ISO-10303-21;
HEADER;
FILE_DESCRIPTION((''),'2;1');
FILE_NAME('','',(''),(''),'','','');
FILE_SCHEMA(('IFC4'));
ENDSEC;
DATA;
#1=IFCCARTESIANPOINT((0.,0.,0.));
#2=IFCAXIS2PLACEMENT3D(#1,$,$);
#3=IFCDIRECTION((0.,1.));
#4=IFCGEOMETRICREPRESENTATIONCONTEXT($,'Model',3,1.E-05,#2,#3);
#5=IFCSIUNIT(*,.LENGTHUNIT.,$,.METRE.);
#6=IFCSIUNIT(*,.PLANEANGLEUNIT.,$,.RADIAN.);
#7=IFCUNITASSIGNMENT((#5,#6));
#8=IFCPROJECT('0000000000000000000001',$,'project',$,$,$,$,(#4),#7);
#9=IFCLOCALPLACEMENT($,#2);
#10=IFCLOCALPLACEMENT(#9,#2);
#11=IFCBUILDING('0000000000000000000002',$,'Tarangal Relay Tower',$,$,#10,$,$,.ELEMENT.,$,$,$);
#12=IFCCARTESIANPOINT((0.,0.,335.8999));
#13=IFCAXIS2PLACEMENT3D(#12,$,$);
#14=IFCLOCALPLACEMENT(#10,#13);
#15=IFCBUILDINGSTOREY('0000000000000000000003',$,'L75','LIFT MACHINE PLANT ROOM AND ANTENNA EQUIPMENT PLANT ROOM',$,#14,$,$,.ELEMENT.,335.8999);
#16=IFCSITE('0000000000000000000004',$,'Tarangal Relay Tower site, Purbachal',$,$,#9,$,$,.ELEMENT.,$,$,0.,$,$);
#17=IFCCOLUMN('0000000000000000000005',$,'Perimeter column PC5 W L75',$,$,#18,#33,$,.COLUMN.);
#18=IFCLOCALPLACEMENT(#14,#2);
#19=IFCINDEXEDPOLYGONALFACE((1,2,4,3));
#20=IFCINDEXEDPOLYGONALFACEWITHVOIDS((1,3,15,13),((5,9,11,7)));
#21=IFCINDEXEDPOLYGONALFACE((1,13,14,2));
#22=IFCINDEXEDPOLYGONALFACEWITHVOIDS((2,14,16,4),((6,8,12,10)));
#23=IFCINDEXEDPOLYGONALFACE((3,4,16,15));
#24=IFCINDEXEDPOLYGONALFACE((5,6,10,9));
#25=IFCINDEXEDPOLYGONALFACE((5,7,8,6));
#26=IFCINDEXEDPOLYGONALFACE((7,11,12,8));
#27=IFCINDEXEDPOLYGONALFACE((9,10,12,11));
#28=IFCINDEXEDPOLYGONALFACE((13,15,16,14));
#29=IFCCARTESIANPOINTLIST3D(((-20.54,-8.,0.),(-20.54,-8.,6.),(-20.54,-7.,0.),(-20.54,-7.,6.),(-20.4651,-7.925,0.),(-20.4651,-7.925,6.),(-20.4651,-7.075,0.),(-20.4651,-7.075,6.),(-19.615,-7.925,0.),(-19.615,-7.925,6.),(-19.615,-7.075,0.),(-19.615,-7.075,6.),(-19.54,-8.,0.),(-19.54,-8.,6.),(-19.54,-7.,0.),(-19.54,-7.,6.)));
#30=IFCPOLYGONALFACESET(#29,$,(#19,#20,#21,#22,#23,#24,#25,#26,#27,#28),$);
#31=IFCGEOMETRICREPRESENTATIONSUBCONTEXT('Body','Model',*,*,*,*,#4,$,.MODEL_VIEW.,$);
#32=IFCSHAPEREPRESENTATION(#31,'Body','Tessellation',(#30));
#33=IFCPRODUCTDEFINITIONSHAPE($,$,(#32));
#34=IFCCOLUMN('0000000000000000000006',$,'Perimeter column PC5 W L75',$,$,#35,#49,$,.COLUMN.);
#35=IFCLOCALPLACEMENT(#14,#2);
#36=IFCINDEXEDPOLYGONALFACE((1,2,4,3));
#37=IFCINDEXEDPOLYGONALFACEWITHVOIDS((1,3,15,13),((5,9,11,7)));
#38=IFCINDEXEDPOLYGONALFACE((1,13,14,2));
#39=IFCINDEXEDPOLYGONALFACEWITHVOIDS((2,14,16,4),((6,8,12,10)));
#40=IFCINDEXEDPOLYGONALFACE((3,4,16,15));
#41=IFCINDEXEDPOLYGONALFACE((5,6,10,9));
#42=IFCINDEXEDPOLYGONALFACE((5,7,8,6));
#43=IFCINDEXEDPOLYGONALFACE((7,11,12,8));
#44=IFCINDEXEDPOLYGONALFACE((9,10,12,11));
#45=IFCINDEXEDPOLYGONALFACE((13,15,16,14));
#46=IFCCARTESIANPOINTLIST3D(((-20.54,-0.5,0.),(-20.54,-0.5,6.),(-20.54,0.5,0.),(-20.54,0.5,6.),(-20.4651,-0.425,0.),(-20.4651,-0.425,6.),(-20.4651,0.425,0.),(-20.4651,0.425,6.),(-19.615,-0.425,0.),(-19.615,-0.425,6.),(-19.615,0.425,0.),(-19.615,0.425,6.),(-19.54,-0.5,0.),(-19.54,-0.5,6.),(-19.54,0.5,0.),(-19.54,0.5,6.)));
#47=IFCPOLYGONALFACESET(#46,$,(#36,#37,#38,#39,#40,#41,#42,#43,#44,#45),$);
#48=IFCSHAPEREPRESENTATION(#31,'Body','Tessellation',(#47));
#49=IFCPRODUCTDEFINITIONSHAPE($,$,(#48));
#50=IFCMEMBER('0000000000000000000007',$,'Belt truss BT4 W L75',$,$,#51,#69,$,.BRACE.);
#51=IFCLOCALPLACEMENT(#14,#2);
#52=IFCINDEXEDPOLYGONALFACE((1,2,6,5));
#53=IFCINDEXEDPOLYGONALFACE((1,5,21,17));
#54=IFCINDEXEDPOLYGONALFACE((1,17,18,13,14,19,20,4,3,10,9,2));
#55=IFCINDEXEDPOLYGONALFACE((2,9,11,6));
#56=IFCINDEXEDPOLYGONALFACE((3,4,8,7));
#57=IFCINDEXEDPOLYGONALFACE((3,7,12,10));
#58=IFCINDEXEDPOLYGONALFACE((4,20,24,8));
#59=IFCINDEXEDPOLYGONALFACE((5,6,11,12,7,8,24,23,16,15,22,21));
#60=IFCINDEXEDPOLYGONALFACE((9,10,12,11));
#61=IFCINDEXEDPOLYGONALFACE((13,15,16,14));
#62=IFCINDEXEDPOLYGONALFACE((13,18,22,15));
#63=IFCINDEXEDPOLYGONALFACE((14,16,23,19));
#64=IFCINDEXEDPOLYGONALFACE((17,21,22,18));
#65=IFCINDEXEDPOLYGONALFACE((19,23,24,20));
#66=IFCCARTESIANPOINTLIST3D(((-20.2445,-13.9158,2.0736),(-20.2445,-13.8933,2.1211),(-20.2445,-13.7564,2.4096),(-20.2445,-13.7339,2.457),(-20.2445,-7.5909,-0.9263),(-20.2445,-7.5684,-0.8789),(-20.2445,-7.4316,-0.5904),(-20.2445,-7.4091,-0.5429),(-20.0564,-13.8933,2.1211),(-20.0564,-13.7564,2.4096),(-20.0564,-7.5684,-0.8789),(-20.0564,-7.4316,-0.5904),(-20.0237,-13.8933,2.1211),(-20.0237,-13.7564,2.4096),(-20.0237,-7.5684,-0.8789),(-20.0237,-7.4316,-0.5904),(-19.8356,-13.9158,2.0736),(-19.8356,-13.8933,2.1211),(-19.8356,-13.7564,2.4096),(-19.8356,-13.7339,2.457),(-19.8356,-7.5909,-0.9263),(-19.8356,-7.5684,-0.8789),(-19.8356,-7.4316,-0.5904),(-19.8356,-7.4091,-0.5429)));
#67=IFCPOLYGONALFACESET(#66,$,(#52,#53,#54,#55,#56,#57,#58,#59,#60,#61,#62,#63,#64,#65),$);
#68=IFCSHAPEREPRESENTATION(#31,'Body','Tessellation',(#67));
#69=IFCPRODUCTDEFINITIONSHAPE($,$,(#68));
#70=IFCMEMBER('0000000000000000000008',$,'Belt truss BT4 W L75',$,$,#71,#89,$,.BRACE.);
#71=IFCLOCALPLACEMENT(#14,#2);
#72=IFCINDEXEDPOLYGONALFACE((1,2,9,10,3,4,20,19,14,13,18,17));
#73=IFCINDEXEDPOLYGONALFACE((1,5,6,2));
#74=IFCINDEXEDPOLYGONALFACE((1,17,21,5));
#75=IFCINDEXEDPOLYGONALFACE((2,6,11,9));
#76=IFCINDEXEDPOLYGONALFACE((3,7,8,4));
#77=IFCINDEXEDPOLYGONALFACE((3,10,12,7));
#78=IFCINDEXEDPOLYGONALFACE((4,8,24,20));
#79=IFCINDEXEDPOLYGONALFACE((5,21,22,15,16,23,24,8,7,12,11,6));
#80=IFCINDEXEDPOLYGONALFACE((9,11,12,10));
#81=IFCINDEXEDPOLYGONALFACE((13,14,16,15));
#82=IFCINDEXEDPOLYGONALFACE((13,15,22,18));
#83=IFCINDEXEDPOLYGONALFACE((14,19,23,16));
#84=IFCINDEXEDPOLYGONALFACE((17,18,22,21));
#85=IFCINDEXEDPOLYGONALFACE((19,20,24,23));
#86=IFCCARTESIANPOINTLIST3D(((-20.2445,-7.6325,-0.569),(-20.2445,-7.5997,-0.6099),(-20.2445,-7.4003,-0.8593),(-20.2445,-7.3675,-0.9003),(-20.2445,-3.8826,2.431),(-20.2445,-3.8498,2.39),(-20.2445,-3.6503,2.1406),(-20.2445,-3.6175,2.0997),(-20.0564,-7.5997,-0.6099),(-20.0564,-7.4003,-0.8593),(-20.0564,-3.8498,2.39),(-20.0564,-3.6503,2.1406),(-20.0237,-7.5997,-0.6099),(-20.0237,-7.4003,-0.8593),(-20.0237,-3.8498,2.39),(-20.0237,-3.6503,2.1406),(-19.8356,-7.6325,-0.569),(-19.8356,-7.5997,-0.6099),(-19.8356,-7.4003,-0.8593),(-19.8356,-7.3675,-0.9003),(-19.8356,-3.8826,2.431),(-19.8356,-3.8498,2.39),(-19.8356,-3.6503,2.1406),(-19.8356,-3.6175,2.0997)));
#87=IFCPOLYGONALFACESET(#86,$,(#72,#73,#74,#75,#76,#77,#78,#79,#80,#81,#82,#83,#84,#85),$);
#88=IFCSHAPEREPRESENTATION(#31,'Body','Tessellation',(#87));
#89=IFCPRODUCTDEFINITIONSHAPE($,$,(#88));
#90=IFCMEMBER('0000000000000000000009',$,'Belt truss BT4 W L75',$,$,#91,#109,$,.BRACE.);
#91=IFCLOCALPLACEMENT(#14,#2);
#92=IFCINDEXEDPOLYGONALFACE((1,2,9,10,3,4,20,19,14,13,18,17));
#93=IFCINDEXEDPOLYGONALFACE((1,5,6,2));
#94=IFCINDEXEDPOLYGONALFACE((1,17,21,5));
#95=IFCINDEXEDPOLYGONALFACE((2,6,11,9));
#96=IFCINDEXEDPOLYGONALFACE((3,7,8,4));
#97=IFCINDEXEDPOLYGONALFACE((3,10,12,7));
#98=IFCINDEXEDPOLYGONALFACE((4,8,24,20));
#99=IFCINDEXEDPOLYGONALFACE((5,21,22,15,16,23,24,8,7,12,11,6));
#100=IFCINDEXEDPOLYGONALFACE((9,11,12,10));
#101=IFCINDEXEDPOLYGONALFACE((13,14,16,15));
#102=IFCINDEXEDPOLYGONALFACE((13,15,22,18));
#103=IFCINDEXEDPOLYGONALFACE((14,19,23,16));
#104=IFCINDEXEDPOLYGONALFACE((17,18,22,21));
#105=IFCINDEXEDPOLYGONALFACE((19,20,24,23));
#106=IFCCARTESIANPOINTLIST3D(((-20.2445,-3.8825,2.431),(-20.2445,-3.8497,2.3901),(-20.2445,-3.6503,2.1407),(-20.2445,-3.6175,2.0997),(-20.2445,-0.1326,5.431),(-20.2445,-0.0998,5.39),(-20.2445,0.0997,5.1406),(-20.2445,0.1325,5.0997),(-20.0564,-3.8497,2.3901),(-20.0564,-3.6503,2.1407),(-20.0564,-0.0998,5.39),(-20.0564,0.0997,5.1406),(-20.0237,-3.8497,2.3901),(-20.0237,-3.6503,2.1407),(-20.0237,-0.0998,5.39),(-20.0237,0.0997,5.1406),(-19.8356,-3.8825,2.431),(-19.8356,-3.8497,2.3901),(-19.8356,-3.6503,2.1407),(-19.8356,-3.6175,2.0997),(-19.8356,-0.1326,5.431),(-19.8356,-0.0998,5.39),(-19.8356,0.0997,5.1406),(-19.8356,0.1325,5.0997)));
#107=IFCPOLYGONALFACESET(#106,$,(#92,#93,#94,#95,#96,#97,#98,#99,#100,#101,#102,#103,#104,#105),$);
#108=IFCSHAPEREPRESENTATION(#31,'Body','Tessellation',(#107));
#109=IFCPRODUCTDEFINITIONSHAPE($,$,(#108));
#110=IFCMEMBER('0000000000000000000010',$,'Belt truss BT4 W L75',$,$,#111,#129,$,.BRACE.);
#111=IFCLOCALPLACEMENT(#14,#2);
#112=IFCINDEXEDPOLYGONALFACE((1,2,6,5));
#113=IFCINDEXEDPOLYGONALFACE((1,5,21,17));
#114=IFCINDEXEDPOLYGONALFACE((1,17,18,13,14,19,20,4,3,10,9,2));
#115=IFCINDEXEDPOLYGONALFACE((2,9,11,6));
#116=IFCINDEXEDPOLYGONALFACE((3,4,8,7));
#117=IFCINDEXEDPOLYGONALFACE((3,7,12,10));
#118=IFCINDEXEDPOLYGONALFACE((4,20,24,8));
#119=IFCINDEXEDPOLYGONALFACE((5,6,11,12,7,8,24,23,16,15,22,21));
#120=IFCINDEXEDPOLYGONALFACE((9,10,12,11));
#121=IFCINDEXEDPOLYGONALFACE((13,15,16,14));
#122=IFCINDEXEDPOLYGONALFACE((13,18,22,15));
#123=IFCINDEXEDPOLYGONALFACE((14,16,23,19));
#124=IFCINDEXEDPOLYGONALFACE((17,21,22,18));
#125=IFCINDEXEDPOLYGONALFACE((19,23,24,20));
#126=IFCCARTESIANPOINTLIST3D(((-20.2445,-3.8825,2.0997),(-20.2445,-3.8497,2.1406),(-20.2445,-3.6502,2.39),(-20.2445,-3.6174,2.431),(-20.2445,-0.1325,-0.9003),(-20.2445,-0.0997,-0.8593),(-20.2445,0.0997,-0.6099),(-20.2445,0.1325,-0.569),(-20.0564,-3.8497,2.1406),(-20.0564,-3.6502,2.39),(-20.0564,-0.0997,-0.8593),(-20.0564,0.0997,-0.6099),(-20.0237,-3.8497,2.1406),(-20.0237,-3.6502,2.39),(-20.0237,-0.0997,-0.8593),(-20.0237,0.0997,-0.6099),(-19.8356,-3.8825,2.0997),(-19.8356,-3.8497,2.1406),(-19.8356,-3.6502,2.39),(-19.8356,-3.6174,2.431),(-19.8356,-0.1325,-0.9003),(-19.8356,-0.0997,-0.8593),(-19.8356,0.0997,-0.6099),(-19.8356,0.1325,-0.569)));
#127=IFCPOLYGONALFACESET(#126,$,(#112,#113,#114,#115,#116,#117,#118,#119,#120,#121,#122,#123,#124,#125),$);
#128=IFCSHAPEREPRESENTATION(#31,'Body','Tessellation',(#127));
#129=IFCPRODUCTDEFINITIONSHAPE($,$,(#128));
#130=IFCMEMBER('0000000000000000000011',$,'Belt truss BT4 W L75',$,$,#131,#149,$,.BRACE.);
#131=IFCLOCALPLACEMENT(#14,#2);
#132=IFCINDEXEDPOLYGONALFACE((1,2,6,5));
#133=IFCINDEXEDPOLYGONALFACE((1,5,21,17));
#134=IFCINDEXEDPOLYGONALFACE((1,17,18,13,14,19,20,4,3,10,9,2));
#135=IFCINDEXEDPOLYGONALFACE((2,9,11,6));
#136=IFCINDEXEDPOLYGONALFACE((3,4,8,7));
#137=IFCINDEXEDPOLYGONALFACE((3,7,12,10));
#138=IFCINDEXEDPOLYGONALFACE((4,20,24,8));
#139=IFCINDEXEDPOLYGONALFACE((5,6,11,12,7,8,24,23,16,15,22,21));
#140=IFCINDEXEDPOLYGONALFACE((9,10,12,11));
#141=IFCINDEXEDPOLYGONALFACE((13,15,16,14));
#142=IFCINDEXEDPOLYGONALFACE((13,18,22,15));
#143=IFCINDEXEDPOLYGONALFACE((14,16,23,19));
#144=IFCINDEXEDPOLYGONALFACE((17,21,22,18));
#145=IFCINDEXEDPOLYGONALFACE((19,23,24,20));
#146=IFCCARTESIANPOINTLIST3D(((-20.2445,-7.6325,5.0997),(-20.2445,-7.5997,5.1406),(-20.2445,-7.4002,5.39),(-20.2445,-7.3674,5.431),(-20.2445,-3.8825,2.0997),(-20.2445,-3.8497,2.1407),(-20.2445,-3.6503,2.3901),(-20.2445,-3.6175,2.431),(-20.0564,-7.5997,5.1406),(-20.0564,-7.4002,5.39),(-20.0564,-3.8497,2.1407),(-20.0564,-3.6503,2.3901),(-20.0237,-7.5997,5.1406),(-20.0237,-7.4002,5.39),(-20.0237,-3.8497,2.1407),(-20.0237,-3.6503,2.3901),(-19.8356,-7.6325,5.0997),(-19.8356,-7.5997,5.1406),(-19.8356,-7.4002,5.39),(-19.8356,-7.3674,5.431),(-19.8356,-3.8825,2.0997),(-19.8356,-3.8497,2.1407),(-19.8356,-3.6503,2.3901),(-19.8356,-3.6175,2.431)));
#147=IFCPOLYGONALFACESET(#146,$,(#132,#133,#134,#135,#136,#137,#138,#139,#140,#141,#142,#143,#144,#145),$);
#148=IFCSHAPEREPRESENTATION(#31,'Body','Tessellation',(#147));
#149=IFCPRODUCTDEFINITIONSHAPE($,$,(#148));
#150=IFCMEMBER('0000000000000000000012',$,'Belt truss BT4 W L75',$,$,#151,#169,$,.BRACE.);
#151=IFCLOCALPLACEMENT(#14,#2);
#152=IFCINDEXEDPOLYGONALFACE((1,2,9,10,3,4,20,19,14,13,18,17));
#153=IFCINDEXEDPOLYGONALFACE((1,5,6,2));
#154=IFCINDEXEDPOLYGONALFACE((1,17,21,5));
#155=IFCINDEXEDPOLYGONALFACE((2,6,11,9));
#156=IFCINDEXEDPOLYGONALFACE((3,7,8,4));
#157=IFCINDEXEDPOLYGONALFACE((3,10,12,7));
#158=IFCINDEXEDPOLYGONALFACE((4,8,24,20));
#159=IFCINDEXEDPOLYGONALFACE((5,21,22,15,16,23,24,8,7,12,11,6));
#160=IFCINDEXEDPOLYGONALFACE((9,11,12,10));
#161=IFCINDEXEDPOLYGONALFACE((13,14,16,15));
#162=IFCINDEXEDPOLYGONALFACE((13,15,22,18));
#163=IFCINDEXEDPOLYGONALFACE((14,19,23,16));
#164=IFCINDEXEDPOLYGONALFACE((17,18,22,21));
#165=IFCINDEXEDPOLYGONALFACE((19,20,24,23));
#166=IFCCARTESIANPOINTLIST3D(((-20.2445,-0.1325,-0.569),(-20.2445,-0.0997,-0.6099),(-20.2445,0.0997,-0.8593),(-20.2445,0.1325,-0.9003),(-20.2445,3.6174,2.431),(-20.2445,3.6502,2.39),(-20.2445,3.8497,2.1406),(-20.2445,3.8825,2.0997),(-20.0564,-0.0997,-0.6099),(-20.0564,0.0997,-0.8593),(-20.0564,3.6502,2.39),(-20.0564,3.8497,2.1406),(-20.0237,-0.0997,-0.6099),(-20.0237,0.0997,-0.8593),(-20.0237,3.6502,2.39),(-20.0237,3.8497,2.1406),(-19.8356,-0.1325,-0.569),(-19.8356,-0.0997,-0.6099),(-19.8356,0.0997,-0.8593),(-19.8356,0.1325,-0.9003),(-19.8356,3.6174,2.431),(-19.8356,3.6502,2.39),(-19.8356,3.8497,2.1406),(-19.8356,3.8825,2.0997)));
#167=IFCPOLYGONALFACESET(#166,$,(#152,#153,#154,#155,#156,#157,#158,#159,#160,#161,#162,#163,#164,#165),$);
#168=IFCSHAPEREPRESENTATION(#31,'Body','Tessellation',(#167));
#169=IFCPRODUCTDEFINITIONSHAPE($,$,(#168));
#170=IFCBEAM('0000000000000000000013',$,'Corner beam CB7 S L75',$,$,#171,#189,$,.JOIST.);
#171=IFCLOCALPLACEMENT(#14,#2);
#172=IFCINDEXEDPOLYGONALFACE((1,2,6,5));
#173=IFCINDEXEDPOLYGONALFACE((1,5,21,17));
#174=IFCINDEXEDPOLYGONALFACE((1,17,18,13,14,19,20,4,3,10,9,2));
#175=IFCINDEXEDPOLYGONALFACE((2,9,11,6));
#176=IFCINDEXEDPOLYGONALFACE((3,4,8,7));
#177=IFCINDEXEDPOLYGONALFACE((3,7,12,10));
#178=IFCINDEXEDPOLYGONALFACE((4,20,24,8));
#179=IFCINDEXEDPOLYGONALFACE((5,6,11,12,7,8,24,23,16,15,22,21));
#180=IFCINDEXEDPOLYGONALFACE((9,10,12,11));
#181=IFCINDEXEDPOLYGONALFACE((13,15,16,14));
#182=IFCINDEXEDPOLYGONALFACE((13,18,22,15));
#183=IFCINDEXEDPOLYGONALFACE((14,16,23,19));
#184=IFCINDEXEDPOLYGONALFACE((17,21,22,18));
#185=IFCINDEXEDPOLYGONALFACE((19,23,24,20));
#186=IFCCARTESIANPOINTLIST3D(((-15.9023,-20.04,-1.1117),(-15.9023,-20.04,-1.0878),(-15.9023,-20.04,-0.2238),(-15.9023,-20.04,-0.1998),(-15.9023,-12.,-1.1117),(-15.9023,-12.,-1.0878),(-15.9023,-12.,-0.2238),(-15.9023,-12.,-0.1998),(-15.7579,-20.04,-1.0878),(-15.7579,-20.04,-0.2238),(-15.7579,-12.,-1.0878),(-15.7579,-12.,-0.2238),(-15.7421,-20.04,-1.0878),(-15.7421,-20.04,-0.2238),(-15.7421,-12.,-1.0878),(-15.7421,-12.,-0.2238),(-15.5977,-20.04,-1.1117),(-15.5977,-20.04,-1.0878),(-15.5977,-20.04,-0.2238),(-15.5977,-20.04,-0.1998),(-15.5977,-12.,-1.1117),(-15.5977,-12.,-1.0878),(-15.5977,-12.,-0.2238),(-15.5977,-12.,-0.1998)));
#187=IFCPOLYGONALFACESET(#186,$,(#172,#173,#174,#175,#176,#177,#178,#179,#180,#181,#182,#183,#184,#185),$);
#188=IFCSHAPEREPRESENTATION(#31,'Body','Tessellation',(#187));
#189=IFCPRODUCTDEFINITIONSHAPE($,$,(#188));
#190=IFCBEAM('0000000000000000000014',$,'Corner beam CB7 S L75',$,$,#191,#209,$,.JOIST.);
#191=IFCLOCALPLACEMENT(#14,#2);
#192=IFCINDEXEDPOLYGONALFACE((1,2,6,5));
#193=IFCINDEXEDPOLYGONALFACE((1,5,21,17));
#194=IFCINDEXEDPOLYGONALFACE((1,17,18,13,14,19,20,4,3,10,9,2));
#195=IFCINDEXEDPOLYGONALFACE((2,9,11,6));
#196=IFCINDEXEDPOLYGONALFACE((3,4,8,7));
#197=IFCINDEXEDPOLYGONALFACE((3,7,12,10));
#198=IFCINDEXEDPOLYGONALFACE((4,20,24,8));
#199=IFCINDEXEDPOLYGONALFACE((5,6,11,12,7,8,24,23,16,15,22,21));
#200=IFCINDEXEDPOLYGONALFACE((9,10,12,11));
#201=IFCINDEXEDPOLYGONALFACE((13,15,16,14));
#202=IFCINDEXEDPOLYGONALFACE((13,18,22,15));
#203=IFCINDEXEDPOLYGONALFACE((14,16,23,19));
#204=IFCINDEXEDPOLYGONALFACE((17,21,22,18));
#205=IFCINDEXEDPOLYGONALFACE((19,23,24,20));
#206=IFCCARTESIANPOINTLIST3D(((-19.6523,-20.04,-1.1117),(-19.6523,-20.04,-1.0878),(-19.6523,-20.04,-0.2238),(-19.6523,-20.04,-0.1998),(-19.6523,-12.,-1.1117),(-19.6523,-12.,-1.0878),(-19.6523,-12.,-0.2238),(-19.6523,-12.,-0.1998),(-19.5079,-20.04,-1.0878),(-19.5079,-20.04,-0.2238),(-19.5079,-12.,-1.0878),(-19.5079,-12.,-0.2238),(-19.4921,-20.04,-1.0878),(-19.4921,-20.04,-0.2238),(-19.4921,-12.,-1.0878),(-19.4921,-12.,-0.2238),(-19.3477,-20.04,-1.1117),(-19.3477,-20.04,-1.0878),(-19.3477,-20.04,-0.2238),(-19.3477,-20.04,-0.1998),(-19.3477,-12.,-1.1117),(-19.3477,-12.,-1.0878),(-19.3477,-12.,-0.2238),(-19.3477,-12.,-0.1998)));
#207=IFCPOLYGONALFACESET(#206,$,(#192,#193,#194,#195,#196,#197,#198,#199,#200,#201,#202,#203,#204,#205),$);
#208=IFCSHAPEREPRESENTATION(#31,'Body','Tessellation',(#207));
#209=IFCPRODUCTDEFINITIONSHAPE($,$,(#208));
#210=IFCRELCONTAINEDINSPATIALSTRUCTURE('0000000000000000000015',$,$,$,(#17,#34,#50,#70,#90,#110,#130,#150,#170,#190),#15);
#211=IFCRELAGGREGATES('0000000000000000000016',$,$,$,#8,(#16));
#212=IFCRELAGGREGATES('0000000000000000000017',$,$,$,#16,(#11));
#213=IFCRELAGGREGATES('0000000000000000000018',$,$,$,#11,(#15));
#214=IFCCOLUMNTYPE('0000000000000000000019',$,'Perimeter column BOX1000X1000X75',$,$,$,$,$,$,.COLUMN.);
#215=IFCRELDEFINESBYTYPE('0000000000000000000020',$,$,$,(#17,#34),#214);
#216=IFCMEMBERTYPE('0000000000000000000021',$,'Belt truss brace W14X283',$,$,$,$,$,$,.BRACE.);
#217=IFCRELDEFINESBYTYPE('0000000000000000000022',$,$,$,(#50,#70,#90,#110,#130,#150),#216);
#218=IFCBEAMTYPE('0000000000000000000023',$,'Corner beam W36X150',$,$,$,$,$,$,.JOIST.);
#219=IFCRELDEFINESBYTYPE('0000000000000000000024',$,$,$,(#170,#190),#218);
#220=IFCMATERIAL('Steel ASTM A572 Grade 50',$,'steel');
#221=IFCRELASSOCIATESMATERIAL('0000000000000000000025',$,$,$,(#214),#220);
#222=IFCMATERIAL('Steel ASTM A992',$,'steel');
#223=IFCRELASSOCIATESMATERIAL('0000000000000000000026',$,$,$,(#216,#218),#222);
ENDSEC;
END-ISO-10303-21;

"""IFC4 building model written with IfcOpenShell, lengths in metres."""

from ifc_helpers import new_model, si_unit, direction, frame, origin, origin_2d, place, context, subcontext, project, spatial, hollow_rectangle, i_section, extrude, material, material_profile, profile_set, type_object, element, save


model = new_model("IFC4")

# Units and contexts
model_context = context("Model", 3, precision=1e-05, world=origin(), true_north=direction((0.0, 1.0)))
body_context = subcontext(model_context, "Body", "Model", "MODEL_VIEW")
ifc_project = project(units=[si_unit("LENGTHUNIT", "METRE"), si_unit("PLANEANGLEUNIT", "RADIAN")], contexts=[model_context])

# Site, building, storey
site_placement = place(None, origin())
site = spatial("IfcSite", under=ifc_project, at=site_placement, Name="Tarangal Relay Tower site, Purbachal", CompositionType="ELEMENT", RefElevation=0.0)
building_placement = place(site_placement, origin())
building = spatial("IfcBuilding", under=site, at=building_placement, Name="Tarangal Relay Tower", CompositionType="ELEMENT")
storey_placement = place(building_placement, frame((0.0, 0.0, 335.8999)))
storey = spatial("IfcBuildingStorey", under=building, at=storey_placement, Name="L75", Description="LIFT MACHINE PLANT ROOM AND ANTENNA EQUIPMENT PLANT ROOM", CompositionType="ELEMENT", Elevation=335.8999)

# Columns
ifc_material_1 = material(Name="Steel ASTM A572 Grade 50", Category="steel")
ifc_material_profile_1 = material_profile(ifc_material_1, hollow_rectangle(XDim=1.0, YDim=1.0, WallThickness=0.075, at=origin_2d()), Name="BOX1000X1000X75")
ifc_profile_set_1 = profile_set([ifc_material_profile_1], Name="Steel ASTM A572 Grade 50")
column_type = type_object("IfcColumnType", Name="Perimeter column BOX1000X1000X75", PredefinedType="COLUMN", material=ifc_profile_set_1)
for number, where, z_axis, x_axis, name in (
    (1, (-20.04, -7.5, 0.0), (0.0, 0.0, 1.0), (1.0, 0.0, 0.0), "Perimeter column PC5 W L75"),
    (2, (-20.04, 0.0, 0.0), (0.0, 0.0, 1.0), (1.0, 0.0, 0.0), "Perimeter column PC5 W L75"),
):
    element("IfcColumn", number, at=place(storey_placement, frame(where, z_axis=z_axis, x_axis=x_axis)), inside=storey, type_object=column_type, Name=name, PredefinedType="COLUMN", context=body_context, shape_type="SweptSolid", body=[
        extrude(hollow_rectangle(XDim=1.0, YDim=1.0, WallThickness=0.075, at=origin_2d()), origin(), (0.0, 0.0, 1.0), 6.0),
    ])

# Members
ifc_material_2 = material(Name="Steel ASTM A992", Category="steel")
ifc_material_profile_2 = material_profile(ifc_material_2, i_section(OverallWidth=0.4089, OverallDepth=0.4243, WebThickness=0.0327, FlangeThickness=0.0525, at=origin_2d()), Name="W14X283")
ifc_profile_set_2 = profile_set([ifc_material_profile_2], Name="Steel ASTM A992")
member_type_1 = type_object("IfcMemberType", Name="Belt truss brace W14X283", PredefinedType="BRACE", material=ifc_profile_set_2)
member_1_placement = place(storey_placement, frame((-20.04, -7.5, -0.7346), z_axis=(0.0, -0.903518, 0.42855), x_axis=(1.0, 0.0, 0.0)))
element("IfcMember", 3, at=member_1_placement, inside=storey, type_object=member_type_1, Name="Belt truss BT4 W L75", PredefinedType="BRACE", context=body_context, shape_type="SweptSolid", body=[
    extrude(i_section(OverallWidth=0.4089, OverallDepth=0.4243, WebThickness=0.0327, FlangeThickness=0.0525, at=origin_2d()), origin(), (0.0, 0.0, 1.0), 7.0002),
])
for number, where, z_axis, x_axis, name in (
    (4, (-20.04, -7.5, -0.7346), (0.0, 0.780869, 0.624695), (-1.0, 0.0, 0.0), "Belt truss BT4 W L75"),
    (5, (-20.04, -3.75, 2.2654), (0.0, 0.780869, 0.624695), (-1.0, 0.0, 0.0), "Belt truss BT4 W L75"),
    (6, (-20.04, 0.0, -0.7346), (0.0, -0.780869, 0.624695), (1.0, 0.0, 0.0), "Belt truss BT4 W L75"),
    (7, (-20.04, -3.75, 2.2654), (0.0, -0.780869, 0.624695), (1.0, 0.0, 0.0), "Belt truss BT4 W L75"),
    (8, (-20.04, 0.0, -0.7346), (0.0, 0.780869, 0.624695), (-1.0, 0.0, 0.0), "Belt truss BT4 W L75"),
):
    element("IfcMember", number, at=place(storey_placement, frame(where, z_axis=z_axis, x_axis=x_axis)), inside=storey, type_object=member_type_1, Name=name, PredefinedType="BRACE", context=body_context, shape_type="SweptSolid", body=[
        extrude(i_section(OverallWidth=0.4089, OverallDepth=0.4243, WebThickness=0.0327, FlangeThickness=0.0525, at=origin_2d()), origin(), (0.0, 0.0, 1.0), 4.8022),
    ])

# Beams
ifc_material_profile_3 = material_profile(ifc_material_2, i_section(OverallWidth=0.3047, OverallDepth=0.9119, WebThickness=0.0159, FlangeThickness=0.0239, at=origin_2d()), Name="W36X150")
ifc_profile_set_3 = profile_set([ifc_material_profile_3], Name="Steel ASTM A992")
beam_type_1 = type_object("IfcBeamType", Name="Corner beam W36X150", PredefinedType="JOIST", material=ifc_profile_set_3)
for number, where, z_axis, x_axis, name in (
    (9, (-15.75, -12.0, -0.6558), (0.0, -1.0, 0.0), (1.0, 0.0, 0.0), "Corner beam CB7 S L75"),
    (10, (-19.5, -12.0, -0.6558), (0.0, -1.0, 0.0), (1.0, 0.0, 0.0), "Corner beam CB7 S L75"),
):
    element("IfcBeam", number, at=place(storey_placement, frame(where, z_axis=z_axis, x_axis=x_axis)), inside=storey, type_object=beam_type_1, Name=name, PredefinedType="JOIST", context=body_context, shape_type="SweptSolid", body=[
        extrude(i_section(OverallWidth=0.3047, OverallDepth=0.9119, WebThickness=0.0159, FlangeThickness=0.0239, at=origin_2d()), origin(), (0.0, 0.0, 1.0), 8.04),
    ])

save(model, "model.ifc")
